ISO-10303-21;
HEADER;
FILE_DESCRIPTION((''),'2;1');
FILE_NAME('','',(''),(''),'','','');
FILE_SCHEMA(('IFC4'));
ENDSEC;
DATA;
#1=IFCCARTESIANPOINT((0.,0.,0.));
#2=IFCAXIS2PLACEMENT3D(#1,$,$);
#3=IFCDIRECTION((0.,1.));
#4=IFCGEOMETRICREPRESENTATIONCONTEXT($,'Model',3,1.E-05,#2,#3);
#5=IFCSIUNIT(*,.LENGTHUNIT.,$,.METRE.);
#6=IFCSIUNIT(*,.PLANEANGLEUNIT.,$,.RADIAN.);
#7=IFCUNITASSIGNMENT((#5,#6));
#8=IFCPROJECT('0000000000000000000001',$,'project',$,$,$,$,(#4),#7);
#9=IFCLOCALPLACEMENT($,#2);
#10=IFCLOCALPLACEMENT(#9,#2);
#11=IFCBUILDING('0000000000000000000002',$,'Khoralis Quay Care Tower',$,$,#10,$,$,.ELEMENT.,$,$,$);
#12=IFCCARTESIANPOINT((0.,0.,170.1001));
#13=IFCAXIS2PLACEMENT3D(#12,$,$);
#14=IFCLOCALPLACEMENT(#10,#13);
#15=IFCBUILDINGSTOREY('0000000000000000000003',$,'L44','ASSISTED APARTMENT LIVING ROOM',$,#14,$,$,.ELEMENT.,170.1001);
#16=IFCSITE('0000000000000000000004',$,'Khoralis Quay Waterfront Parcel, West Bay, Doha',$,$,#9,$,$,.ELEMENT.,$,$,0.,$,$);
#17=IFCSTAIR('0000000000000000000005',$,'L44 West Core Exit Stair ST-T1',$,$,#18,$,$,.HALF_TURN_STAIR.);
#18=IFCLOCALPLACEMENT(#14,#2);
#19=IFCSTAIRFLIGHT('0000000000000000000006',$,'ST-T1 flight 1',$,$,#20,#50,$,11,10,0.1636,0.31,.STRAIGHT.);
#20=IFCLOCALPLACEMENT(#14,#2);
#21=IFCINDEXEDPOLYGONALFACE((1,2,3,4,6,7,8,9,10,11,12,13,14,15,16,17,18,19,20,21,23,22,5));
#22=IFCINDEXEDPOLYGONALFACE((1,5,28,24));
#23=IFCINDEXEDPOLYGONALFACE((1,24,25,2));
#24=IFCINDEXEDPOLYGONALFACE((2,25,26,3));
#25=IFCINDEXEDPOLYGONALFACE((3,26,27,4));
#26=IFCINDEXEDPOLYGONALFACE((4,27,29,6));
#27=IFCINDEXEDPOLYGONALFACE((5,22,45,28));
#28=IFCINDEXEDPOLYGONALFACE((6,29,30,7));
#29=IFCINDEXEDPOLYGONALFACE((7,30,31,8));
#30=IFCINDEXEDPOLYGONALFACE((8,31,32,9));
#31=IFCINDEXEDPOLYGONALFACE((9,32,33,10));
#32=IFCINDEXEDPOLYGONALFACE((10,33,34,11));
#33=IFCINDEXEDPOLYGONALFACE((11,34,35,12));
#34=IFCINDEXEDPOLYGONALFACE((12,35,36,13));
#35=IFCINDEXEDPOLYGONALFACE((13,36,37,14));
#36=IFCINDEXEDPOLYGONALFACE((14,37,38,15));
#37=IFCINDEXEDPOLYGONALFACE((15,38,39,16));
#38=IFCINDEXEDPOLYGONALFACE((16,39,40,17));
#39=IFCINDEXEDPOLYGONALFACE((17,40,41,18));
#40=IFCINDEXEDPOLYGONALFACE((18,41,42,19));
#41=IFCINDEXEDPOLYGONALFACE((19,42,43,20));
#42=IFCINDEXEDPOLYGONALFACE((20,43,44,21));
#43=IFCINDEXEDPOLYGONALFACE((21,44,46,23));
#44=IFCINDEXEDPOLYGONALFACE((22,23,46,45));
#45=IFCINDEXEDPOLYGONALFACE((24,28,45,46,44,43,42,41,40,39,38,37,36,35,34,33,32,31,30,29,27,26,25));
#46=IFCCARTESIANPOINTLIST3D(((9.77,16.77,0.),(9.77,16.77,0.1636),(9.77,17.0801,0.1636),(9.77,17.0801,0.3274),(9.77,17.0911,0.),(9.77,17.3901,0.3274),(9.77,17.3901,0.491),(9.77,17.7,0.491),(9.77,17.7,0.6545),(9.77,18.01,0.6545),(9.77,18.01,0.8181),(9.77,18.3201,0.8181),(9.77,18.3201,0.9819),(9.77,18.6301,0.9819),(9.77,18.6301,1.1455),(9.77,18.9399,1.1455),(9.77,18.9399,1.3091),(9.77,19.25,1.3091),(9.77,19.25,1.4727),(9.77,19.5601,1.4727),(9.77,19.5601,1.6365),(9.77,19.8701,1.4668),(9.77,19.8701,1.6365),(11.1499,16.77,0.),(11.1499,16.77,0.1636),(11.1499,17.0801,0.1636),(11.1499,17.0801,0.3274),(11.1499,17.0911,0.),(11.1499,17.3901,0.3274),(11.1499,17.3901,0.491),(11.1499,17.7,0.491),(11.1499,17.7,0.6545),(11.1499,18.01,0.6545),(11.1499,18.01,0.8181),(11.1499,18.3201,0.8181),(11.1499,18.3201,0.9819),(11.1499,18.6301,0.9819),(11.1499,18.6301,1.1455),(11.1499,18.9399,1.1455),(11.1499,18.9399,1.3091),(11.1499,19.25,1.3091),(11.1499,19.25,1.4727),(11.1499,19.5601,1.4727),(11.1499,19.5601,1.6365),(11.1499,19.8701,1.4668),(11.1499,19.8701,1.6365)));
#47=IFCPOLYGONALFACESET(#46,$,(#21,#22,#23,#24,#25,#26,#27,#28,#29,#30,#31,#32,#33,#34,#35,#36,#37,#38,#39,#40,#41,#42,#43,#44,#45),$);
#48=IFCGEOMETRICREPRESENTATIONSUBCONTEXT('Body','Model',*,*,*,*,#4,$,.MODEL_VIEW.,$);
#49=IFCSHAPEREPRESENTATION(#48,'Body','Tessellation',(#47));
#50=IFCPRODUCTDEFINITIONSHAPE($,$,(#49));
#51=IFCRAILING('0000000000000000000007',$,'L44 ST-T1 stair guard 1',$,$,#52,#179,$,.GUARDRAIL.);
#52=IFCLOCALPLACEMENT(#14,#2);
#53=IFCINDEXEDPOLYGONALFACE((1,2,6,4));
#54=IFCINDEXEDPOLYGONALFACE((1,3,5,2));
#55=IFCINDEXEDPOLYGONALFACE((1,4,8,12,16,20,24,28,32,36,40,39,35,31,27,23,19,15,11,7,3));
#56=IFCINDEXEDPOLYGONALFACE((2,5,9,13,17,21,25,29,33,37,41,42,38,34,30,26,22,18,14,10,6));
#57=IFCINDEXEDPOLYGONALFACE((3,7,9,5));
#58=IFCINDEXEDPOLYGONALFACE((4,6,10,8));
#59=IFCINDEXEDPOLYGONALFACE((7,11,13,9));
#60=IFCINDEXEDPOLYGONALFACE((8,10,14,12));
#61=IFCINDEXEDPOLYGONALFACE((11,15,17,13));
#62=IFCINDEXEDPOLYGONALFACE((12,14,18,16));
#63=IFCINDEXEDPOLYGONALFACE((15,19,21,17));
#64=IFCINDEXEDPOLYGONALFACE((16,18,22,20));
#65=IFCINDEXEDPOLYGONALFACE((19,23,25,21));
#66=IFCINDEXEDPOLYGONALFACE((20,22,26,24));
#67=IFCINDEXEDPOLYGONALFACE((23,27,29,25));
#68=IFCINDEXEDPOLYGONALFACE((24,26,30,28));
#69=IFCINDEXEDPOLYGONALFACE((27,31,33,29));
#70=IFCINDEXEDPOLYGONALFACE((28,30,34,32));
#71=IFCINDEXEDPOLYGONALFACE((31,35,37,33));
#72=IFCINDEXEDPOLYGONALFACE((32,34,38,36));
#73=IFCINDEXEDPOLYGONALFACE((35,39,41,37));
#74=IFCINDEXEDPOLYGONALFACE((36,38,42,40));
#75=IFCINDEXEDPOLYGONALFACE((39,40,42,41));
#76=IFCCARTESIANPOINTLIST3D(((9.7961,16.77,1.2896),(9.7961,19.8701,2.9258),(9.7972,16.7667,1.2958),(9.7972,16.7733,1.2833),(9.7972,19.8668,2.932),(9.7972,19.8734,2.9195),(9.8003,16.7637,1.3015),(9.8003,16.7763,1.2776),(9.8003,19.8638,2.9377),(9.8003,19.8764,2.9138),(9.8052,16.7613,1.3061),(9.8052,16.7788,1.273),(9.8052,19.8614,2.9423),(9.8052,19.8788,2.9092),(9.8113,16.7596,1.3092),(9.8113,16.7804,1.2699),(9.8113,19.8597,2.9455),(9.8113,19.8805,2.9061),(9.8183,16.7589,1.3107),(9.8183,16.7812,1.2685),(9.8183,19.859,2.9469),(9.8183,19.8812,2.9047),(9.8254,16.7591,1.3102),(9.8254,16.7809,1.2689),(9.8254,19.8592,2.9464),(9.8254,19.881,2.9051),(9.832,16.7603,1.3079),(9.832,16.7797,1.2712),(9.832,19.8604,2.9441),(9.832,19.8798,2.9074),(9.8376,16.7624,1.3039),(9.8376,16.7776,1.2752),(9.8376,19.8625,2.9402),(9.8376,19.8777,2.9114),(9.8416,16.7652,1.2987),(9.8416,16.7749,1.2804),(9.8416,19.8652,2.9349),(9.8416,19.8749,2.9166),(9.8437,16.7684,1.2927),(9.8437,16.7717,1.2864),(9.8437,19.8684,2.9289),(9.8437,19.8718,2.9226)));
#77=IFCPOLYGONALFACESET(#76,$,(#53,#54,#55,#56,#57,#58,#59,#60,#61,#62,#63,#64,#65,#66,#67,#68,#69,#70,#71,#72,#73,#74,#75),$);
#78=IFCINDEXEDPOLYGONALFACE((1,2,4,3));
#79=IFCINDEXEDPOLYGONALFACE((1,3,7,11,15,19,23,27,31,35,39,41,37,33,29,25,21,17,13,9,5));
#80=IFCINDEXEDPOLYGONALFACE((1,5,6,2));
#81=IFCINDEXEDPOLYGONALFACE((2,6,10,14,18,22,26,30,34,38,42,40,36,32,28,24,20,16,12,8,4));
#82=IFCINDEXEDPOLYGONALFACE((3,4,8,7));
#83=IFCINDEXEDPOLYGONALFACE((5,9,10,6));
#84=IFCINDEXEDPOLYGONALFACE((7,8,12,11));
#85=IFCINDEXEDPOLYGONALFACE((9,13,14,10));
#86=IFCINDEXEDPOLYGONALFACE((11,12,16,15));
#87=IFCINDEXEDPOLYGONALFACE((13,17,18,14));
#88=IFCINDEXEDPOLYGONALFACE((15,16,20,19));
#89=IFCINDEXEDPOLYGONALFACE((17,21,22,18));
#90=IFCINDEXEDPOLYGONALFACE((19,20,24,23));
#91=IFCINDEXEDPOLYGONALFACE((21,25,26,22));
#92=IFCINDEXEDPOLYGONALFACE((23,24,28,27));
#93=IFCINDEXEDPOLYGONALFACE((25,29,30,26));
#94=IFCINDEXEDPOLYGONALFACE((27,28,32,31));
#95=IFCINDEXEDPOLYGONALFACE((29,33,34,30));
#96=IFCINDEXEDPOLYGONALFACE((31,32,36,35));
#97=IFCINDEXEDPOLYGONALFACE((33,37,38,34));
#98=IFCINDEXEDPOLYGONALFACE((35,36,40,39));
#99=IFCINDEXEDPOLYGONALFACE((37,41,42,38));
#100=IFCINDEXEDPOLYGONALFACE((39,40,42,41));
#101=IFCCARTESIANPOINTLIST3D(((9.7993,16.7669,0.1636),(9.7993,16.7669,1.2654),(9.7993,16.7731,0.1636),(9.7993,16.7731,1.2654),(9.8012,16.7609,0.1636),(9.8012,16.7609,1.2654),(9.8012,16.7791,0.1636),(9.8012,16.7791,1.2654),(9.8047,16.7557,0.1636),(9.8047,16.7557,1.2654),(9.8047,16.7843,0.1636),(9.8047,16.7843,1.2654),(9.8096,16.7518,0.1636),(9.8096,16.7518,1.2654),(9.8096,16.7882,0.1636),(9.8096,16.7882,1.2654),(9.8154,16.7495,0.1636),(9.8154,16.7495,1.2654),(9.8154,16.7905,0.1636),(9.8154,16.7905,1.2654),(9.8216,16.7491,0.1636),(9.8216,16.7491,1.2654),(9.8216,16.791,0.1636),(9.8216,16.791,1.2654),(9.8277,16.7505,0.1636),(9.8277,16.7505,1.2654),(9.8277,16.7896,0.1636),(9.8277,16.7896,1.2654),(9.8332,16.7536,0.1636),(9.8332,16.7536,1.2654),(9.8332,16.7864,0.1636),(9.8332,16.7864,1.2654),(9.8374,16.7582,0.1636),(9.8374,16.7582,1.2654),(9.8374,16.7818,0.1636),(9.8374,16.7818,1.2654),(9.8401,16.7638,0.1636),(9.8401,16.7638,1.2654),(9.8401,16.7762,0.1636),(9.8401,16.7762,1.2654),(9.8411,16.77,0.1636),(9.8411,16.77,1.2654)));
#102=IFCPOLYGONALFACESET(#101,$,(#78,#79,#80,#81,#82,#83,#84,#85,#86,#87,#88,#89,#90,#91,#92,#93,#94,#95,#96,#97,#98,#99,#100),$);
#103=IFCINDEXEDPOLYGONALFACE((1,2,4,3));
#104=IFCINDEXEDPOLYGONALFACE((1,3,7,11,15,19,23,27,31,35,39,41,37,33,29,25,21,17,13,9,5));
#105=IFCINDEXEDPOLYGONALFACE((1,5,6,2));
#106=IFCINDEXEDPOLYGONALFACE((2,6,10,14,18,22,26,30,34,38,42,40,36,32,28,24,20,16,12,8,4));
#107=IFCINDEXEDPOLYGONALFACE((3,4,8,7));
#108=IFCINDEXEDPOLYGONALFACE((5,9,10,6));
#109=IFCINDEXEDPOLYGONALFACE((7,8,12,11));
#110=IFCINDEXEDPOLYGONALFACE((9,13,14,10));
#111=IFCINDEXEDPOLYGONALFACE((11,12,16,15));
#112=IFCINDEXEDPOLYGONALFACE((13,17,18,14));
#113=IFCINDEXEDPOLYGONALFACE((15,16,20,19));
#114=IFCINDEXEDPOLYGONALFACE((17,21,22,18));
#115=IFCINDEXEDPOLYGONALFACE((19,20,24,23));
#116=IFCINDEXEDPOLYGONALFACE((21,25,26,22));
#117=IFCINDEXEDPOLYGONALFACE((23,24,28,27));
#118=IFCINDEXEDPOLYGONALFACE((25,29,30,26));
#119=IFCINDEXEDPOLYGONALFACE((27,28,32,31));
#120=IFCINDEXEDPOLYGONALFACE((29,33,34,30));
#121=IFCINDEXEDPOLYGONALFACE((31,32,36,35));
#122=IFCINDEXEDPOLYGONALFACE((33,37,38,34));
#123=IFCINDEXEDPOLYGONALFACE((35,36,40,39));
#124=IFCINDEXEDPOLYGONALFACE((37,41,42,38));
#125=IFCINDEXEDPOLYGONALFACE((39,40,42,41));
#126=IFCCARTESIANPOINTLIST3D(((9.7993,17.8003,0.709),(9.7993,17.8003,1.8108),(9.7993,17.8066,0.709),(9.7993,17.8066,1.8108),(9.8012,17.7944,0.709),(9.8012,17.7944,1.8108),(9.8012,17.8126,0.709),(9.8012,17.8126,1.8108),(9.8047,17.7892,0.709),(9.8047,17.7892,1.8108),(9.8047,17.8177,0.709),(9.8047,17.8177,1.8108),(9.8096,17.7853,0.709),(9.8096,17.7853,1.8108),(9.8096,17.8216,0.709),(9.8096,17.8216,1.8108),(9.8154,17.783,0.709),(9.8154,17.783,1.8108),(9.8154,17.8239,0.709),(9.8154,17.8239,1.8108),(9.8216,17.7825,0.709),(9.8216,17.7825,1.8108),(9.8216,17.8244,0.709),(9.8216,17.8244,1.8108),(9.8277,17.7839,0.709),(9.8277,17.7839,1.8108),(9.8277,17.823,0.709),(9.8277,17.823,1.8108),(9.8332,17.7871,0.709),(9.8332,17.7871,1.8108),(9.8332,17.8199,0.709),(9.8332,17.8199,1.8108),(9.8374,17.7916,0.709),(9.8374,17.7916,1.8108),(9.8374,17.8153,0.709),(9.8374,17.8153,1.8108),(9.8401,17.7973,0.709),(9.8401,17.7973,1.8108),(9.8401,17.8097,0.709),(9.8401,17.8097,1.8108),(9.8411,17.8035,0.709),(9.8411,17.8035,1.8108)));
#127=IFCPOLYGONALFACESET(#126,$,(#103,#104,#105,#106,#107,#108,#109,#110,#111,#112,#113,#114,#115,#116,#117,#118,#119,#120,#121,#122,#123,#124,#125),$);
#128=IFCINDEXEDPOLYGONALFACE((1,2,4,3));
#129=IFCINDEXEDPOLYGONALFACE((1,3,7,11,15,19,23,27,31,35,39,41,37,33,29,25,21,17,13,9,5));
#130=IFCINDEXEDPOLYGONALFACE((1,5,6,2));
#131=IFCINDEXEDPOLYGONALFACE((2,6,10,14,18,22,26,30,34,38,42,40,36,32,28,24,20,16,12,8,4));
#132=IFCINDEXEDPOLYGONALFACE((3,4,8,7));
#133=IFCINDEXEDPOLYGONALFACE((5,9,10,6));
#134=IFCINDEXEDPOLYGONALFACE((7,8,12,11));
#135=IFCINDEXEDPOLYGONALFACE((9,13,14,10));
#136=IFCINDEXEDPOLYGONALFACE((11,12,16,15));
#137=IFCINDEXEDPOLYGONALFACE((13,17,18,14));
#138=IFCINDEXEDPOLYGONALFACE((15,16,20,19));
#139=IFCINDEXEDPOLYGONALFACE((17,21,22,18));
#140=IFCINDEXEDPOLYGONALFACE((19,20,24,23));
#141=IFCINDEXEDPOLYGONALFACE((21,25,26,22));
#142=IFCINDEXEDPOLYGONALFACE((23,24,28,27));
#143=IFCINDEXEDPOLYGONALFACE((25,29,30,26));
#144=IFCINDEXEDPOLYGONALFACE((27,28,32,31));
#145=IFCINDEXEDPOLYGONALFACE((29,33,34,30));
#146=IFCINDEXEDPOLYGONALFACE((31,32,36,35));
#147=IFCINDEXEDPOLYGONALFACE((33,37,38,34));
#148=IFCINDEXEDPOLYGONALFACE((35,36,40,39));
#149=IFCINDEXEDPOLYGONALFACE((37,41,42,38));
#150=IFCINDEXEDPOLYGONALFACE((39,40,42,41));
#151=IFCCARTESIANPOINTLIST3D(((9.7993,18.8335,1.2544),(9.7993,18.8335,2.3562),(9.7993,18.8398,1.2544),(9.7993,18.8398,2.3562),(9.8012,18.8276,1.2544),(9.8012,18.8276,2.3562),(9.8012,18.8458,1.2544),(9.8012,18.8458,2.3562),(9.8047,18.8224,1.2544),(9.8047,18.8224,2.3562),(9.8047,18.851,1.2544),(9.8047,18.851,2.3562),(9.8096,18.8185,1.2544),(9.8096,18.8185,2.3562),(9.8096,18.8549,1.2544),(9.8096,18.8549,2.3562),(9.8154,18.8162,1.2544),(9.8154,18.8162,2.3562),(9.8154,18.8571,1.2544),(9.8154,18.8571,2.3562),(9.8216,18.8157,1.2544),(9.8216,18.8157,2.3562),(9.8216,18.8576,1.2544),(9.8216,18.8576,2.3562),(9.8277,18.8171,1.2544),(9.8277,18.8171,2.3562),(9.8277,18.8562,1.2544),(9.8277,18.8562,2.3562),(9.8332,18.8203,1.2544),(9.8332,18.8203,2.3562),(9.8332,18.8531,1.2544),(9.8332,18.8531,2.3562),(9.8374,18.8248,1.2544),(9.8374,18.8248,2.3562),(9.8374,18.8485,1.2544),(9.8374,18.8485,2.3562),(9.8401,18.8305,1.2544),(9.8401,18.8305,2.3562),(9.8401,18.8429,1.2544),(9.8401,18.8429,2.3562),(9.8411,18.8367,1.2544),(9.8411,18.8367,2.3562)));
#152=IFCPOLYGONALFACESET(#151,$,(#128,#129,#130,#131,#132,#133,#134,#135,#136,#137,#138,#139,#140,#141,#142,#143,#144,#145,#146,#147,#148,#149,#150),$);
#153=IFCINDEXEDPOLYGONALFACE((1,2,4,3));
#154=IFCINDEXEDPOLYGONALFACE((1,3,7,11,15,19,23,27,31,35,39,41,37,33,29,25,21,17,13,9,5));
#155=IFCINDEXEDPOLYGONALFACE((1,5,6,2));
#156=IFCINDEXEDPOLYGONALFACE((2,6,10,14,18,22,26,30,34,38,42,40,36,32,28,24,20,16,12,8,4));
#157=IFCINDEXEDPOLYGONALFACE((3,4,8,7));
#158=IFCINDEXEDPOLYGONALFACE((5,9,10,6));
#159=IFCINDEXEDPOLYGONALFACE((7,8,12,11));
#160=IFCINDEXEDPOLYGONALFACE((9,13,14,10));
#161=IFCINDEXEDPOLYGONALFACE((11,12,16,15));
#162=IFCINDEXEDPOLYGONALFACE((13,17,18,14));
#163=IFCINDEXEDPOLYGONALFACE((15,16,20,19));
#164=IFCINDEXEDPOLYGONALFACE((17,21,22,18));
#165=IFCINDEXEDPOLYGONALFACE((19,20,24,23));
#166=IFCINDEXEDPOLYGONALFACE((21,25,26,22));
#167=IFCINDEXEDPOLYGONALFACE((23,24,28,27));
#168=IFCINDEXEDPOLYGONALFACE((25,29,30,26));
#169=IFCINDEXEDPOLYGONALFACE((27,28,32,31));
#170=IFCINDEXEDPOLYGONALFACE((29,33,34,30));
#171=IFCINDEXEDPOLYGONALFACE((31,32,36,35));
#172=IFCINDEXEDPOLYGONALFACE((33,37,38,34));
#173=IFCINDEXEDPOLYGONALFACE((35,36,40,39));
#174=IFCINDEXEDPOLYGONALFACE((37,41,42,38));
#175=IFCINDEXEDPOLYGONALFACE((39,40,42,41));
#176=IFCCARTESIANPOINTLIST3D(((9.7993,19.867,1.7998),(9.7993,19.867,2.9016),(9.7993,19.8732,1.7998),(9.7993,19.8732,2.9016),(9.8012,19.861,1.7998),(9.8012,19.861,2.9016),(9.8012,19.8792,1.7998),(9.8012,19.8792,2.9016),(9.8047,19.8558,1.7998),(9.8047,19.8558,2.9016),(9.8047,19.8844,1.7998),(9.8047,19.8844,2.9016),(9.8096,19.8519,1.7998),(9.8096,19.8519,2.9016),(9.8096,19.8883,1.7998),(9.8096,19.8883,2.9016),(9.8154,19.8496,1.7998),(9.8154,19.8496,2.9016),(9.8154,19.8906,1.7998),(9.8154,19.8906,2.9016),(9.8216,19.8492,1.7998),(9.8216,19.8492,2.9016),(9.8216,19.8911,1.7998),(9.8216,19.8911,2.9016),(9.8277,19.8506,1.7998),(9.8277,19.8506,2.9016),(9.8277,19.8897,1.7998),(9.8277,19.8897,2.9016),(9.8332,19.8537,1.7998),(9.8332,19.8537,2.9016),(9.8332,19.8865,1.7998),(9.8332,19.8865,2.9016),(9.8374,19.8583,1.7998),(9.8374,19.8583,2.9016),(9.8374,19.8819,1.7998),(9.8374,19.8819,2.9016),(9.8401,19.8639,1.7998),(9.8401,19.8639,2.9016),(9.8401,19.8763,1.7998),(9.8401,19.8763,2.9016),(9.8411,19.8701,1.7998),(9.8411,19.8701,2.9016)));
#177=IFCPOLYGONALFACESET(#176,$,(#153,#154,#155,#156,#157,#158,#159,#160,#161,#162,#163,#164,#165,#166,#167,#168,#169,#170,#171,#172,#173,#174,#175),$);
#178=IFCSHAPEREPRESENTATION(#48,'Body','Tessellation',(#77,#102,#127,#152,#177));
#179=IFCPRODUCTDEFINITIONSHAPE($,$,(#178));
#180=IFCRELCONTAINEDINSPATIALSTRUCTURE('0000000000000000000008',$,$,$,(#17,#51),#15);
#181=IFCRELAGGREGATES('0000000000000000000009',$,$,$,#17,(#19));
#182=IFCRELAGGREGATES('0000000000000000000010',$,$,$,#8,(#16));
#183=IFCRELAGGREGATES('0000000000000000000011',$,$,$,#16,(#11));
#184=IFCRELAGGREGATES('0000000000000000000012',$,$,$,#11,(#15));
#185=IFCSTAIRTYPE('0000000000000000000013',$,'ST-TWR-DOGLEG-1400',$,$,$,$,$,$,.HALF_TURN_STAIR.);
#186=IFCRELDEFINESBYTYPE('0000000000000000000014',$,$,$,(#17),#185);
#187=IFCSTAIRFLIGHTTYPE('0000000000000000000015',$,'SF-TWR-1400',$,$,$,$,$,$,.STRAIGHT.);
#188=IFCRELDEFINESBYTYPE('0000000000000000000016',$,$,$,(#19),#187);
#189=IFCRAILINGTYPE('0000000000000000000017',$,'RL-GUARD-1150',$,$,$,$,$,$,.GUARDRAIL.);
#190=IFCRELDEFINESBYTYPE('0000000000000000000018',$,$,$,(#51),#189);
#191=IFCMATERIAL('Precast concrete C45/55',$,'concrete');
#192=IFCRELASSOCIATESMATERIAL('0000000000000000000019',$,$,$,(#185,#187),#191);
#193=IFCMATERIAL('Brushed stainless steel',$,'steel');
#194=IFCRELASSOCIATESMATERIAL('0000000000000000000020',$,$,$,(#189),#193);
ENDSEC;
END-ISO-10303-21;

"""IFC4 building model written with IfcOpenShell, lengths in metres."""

from ifc_helpers import new_model, si_unit, direction, frame, origin, origin_2d, place, context, subcontext, project, spatial, polyline, circle, outline, extrude, source, transform, mapped, material, type_object, element, aggregate, save


model = new_model("IFC4")

# Units and contexts
model_context = context("Model", 3, precision=1e-05, world=origin(), true_north=direction((0.0, 1.0)))
body_context = subcontext(model_context, "Body", "Model", "MODEL_VIEW")
ifc_project = project(units=[si_unit("LENGTHUNIT", "METRE"), si_unit("PLANEANGLEUNIT", "RADIAN")], contexts=[model_context])

# Site, building, storey
site_placement = place(None, origin())
site = spatial("IfcSite", under=ifc_project, at=site_placement, Name="Khoralis Quay Waterfront Parcel, West Bay, Doha", CompositionType="ELEMENT", RefElevation=0.0)
building_placement = place(site_placement, origin())
building = spatial("IfcBuilding", under=site, at=building_placement, Name="Khoralis Quay Care Tower", CompositionType="ELEMENT")
storey_placement = place(building_placement, frame((0.0, 0.0, 170.1001)))
storey = spatial("IfcBuildingStorey", under=building, at=storey_placement, Name="L44", Description="ASSISTED APARTMENT LIVING ROOM", CompositionType="ELEMENT", Elevation=170.1001)

# Shared definitions
ifc_material_1 = material(Name="Brushed stainless steel", Category="steel")

# Stair, stair flight
ifc_material_2 = material(Name="Precast concrete C45/55", Category="concrete")
stair_type = type_object("IfcStairType", Name="ST-TWR-DOGLEG-1400", PredefinedType="HALF_TURN_STAIR", material=ifc_material_2)
stair_placement = place(storey_placement, origin())
stair = element("IfcStair", 1, at=stair_placement, inside=storey, type_object=stair_type, Name="L44 West Core Exit Stair ST-T1", PredefinedType="HALF_TURN_STAIR")
stair_flight_type = type_object("IfcStairFlightType", Name="SF-TWR-1400", PredefinedType="STRAIGHT", material=ifc_material_2)
shared_shape_1 = source(origin(), body_context, "Body", "SweptSolid", [
    extrude(outline(polyline([(0.0, 0.0), (0.0, 0.1636), (0.3101, 0.1636), (0.3101, 0.3274), (0.6201, 0.3274), (0.6201, 0.491), (0.9299, 0.491), (0.9299, 0.6545), (1.24, 0.6545), (1.24, 0.8181), (1.55, 0.8181), (1.55, 0.9819), (1.8601, 0.9819), (1.8601, 1.1455), (2.1699, 1.1455), (2.1699, 1.3091), (2.48, 1.3091), (2.48, 1.4727), (2.79, 1.4727), (2.79, 1.6365), (3.1001, 1.6365), (3.1001, 1.8), (3.1001, 1.4668), (0.321, 0.0), (0.0, 0.0)])), frame((0.0, 0.6899, 0.0), z_axis=(0.0, -1.0, 0.0), x_axis=(1.0, 0.0, 0.0)), (0.0, 0.0, 1.0), 1.3799),
])
stair_flight_placement = place(storey_placement, frame((10.46, 16.77, 0.0), z_axis=(0.0, 0.0, 1.0), x_axis=(0.0, 1.0, 0.0)))
stair_flight = element("IfcStairFlight", 2, at=stair_flight_placement, type_object=stair_flight_type, Name="ST-T1 flight 1", NumberOfRisers=11, NumberOfTreads=10, PredefinedType="STRAIGHT", RiserHeight=0.1636, TreadLength=0.31, context=body_context, shape_type="MappedRepresentation", body=[
    mapped(shared_shape_1, transform((0.0, 0.0, 0.0), scale=1.0)),
])
aggregate(stair, [stair_flight])

# Railing
railing_type_1 = type_object("IfcRailingType", Name="RL-GUARD-1150", PredefinedType="GUARDRAIL", material=ifc_material_1)
railing_1_placement = place(storey_placement, frame((9.8201, 16.77, 0.1636)))
element("IfcRailing", 3, at=railing_1_placement, inside=storey, type_object=railing_type_1, Name="L44 ST-T1 stair guard 1", PredefinedType="GUARDRAIL", context=body_context, shape_type="SweptSolid", body=[
    extrude(circle(Radius=0.0239, at=origin_2d()), frame((0.0, 0.0, 1.126), z_axis=(0.0, 0.884377, 0.466774), x_axis=(-1.0, 0.0, 0.0)), (0.0, 0.0, 1.0), 3.5054),
    extrude(circle(Radius=0.021, at=origin_2d()), origin(), (0.0, 0.0, 1.0), 1.1018),
    extrude(circle(Radius=0.021, at=origin_2d()), frame((0.0, 1.0334, 0.5454)), (0.0, 0.0, 1.0), 1.1018),
    extrude(circle(Radius=0.021, at=origin_2d()), frame((0.0, 2.0667, 1.0908)), (0.0, 0.0, 1.0), 1.1018),
    extrude(circle(Radius=0.021, at=origin_2d()), frame((0.0, 3.1001, 1.6362)), (0.0, 0.0, 1.0), 1.1018),
])

save(model, "model.ifc")
